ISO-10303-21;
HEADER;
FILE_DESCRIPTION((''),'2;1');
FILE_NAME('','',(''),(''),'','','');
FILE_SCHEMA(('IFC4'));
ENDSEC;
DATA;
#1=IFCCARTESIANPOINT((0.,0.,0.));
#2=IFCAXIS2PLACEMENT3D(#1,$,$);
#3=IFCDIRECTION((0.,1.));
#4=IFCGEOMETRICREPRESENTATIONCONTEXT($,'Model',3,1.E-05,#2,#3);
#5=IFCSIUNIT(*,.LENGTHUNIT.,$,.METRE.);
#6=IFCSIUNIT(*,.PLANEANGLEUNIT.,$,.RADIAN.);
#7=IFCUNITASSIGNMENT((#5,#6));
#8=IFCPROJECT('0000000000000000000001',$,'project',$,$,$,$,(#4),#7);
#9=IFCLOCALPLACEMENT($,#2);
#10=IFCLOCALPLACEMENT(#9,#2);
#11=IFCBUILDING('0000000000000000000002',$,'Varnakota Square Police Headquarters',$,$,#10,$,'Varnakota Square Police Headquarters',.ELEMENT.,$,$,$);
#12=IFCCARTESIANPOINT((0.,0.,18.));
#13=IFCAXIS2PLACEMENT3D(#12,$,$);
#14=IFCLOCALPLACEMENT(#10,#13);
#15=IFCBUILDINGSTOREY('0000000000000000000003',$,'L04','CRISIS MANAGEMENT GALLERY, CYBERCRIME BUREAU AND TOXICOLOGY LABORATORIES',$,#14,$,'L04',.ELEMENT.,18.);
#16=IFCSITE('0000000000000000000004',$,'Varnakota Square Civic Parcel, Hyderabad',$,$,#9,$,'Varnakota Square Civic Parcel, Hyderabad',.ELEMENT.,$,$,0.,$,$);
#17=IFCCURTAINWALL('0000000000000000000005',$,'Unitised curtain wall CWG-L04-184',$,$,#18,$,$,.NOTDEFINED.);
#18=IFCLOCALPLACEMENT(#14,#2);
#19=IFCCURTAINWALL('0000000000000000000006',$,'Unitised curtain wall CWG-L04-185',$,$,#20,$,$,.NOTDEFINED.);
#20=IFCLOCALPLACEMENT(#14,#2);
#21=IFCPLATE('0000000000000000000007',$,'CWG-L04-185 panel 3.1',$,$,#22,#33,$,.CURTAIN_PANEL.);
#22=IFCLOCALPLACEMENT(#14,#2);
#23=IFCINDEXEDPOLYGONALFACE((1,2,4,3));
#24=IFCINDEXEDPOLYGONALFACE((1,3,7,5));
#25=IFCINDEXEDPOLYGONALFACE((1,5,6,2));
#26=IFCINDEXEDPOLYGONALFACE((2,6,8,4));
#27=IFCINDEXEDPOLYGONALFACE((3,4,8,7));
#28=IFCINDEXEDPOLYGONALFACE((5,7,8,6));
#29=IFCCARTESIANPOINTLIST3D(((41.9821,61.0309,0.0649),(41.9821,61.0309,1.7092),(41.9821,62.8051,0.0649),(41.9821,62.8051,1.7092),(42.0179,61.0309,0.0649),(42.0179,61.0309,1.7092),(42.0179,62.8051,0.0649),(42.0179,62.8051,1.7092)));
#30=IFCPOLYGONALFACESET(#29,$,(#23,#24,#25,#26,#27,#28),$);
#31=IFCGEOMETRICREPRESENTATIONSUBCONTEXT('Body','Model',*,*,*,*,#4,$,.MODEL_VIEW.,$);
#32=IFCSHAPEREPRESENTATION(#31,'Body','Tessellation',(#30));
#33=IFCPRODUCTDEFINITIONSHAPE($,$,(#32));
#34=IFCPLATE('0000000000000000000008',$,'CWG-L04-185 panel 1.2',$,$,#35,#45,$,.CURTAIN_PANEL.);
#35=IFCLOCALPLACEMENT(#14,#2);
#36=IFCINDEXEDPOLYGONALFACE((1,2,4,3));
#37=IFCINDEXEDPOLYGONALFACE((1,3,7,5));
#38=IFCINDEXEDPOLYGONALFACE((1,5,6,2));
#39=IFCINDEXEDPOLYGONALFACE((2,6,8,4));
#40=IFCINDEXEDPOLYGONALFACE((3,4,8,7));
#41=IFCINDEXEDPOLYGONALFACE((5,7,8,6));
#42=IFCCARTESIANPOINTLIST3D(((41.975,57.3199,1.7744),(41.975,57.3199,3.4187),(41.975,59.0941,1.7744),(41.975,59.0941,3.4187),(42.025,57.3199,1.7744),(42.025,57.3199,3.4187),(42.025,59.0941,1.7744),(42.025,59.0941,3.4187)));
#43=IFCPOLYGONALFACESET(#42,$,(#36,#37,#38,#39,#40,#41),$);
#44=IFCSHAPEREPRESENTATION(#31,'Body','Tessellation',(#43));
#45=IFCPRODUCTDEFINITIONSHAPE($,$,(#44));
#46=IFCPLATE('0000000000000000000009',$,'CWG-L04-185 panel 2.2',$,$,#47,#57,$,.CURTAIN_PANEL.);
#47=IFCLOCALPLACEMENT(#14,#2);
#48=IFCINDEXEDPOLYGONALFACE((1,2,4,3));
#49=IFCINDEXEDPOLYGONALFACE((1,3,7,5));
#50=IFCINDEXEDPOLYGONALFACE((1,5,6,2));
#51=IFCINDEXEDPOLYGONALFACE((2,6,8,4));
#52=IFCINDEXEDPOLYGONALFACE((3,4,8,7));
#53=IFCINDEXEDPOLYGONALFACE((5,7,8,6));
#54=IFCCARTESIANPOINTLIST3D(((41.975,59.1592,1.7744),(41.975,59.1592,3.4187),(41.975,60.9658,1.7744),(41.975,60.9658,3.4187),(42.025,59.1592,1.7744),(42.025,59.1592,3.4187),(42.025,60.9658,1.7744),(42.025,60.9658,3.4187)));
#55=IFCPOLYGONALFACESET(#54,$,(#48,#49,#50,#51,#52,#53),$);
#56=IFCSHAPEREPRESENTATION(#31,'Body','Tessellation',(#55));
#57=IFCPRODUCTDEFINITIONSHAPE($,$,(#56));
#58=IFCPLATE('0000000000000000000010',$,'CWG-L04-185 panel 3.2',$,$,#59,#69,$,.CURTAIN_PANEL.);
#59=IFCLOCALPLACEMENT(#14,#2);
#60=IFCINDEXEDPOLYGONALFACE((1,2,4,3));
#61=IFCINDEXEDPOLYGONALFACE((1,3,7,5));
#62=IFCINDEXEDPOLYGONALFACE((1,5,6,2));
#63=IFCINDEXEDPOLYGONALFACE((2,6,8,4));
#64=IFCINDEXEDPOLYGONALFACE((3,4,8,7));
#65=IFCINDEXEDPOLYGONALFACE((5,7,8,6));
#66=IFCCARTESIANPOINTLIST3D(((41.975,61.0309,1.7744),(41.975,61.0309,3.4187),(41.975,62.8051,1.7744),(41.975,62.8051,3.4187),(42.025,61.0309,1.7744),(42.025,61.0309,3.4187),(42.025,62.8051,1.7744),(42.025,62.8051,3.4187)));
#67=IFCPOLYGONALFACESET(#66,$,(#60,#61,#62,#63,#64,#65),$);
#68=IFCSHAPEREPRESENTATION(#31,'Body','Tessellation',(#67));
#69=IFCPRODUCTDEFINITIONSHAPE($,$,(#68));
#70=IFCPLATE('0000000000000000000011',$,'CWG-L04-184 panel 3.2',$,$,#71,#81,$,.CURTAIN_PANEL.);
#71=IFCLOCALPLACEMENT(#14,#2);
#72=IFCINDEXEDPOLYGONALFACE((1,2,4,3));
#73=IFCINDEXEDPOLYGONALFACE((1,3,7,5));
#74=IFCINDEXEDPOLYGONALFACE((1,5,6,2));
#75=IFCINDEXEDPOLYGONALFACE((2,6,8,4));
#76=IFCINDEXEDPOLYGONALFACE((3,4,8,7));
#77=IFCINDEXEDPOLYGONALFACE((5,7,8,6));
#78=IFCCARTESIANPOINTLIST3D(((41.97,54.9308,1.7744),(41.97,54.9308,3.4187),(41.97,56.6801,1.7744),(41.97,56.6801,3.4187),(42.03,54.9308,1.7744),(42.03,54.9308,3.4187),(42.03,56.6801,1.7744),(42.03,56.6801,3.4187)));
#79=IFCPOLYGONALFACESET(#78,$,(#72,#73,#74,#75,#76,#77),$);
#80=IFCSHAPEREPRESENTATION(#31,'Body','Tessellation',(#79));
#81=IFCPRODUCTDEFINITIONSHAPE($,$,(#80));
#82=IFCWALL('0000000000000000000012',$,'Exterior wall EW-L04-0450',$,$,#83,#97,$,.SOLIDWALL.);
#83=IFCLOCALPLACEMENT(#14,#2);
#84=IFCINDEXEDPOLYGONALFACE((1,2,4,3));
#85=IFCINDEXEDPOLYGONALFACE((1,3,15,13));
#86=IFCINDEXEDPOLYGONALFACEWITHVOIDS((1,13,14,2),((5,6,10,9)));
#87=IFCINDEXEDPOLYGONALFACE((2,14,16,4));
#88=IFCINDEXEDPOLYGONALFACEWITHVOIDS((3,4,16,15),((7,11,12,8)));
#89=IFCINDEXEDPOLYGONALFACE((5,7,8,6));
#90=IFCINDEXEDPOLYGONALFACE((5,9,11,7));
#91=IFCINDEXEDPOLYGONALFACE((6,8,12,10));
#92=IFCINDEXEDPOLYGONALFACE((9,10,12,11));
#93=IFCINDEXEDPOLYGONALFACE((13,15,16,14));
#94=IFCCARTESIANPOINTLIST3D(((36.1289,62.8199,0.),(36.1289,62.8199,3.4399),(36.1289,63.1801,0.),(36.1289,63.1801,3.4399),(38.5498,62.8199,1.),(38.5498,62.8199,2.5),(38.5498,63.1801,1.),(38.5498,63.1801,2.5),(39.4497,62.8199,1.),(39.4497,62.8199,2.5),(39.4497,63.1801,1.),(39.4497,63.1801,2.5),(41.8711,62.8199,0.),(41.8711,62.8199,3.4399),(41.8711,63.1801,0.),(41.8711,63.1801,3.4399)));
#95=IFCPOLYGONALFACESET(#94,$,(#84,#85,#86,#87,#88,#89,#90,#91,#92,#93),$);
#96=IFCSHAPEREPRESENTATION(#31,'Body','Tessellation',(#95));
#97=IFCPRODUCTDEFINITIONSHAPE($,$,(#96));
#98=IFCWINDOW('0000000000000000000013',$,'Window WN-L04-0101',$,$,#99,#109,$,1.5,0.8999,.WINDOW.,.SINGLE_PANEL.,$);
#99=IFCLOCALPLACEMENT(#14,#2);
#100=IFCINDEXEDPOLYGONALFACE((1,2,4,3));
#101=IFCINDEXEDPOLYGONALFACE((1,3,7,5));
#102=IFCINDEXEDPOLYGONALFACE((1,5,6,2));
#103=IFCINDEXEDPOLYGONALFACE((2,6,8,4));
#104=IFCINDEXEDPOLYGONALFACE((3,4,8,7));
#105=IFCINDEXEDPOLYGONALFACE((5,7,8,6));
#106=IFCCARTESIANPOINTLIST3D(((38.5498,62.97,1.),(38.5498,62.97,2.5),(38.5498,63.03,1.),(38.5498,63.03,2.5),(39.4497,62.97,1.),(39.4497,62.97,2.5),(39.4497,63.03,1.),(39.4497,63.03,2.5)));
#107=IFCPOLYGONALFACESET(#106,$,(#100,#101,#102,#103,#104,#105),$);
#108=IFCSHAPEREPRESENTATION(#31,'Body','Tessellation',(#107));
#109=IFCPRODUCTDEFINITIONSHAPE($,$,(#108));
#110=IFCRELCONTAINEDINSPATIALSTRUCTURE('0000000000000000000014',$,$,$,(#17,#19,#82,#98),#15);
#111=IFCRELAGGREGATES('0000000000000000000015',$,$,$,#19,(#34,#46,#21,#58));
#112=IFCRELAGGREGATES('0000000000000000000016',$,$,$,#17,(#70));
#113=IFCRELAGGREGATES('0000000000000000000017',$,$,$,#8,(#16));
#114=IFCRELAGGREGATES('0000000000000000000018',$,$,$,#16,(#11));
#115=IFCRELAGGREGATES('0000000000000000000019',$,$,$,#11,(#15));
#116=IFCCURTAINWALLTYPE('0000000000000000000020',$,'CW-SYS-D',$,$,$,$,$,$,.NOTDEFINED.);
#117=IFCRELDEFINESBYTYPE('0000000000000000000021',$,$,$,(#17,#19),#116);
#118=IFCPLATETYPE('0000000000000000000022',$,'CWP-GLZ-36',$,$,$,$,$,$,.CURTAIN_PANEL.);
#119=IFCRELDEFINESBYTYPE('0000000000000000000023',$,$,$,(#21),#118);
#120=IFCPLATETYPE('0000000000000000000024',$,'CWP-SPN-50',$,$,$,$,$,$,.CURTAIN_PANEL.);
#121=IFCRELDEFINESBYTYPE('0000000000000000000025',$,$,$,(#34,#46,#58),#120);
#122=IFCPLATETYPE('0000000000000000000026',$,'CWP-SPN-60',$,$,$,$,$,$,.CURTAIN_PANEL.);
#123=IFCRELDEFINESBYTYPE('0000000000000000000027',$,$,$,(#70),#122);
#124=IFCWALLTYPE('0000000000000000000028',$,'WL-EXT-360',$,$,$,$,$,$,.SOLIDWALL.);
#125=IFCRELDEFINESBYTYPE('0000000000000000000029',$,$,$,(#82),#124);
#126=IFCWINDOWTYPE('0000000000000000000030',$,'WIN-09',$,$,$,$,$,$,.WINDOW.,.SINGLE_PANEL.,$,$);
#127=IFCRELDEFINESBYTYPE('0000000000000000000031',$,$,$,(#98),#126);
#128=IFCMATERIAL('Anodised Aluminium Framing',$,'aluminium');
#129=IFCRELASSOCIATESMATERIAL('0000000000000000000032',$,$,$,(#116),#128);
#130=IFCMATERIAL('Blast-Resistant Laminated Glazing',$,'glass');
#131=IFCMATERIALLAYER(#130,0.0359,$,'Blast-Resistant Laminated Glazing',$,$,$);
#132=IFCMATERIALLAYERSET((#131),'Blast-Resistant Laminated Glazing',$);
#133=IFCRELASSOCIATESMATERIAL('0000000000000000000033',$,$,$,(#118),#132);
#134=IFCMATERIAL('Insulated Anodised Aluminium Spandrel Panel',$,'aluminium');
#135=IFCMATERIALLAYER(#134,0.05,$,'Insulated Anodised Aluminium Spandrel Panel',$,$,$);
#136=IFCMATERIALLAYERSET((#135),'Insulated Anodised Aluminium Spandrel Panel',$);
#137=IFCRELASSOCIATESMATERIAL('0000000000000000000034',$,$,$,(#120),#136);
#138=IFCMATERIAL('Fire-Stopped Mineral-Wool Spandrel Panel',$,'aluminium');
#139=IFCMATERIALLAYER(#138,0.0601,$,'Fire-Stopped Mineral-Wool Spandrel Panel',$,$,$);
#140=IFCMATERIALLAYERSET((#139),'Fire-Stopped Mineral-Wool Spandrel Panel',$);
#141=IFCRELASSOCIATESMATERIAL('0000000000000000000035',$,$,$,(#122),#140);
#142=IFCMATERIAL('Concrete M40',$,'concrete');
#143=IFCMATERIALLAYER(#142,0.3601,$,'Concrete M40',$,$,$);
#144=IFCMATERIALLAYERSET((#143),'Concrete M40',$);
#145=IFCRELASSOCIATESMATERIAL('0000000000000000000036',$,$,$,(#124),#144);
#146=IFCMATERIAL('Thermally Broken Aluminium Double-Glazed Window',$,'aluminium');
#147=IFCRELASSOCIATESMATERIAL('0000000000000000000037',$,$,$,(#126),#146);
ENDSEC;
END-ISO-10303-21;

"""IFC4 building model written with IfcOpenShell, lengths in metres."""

from ifc_helpers import new_model, si_unit, direction, frame, frame_2d, origin, origin_2d, place, context, subcontext, project, spatial, rectangle, extrude, material, layer, layer_set, type_object, element, fill, aggregate, save


model = new_model("IFC4")

# Units and contexts
model_context = context("Model", 3, precision=1e-05, world=origin(), true_north=direction((0.0, 1.0)))
body_context = subcontext(model_context, "Body", "Model", "MODEL_VIEW")
ifc_project = project(units=[si_unit("LENGTHUNIT", "METRE"), si_unit("PLANEANGLEUNIT", "RADIAN")], contexts=[model_context])

# Site, building, storey
site_placement = place(None, origin())
site = spatial("IfcSite", under=ifc_project, at=site_placement, Name="Varnakota Square Civic Parcel, Hyderabad", LongName="Varnakota Square Civic Parcel, Hyderabad", CompositionType="ELEMENT", RefElevation=0.0)
building_placement = place(site_placement, origin())
building = spatial("IfcBuilding", under=site, at=building_placement, Name="Varnakota Square Police Headquarters", LongName="Varnakota Square Police Headquarters", CompositionType="ELEMENT")
storey_placement = place(building_placement, frame((0.0, 0.0, 18.0)))
storey = spatial("IfcBuildingStorey", under=building, at=storey_placement, Name="L04", Description="CRISIS MANAGEMENT GALLERY, CYBERCRIME BUREAU AND TOXICOLOGY LABORATORIES", LongName="L04", CompositionType="ELEMENT", Elevation=18.0)

# Curtain wall
ifc_material_1 = material(Name="Anodised Aluminium Framing", Category="aluminium")
curtain_wall_type = type_object("IfcCurtainWallType", Name="CW-SYS-D", PredefinedType="NOTDEFINED", material=ifc_material_1)
curtain_wall_1_placement = place(storey_placement, origin())
curtain_wall_1 = element("IfcCurtainWall", 1, at=curtain_wall_1_placement, inside=storey, type_object=curtain_wall_type, Name="Unitised curtain wall CWG-L04-184", PredefinedType="NOTDEFINED")

# Curtain wall
curtain_wall_2_placement = place(storey_placement, origin())
curtain_wall_2 = element("IfcCurtainWall", 2, at=curtain_wall_2_placement, inside=storey, type_object=curtain_wall_type, Name="Unitised curtain wall CWG-L04-185", PredefinedType="NOTDEFINED")

# Plates
ifc_material_2 = material(Name="Blast-Resistant Laminated Glazing", Category="glass")
ifc_layer_1 = layer(ifc_material_2, 0.0359, Name="Blast-Resistant Laminated Glazing")
ifc_layer_set_1 = layer_set([ifc_layer_1], Name="Blast-Resistant Laminated Glazing")
plate_type_1 = type_object("IfcPlateType", Name="CWP-GLZ-36", PredefinedType="CURTAIN_PANEL", material=ifc_layer_set_1)
plate_1_placement = place(storey_placement, frame((42.0, 61.918, 0.0649), z_axis=(0.0, 0.0, 1.0), x_axis=(0.0, 1.0, 0.0)))
plate_1 = element("IfcPlate", 3, at=plate_1_placement, type_object=plate_type_1, Name="CWG-L04-185 panel 3.1", PredefinedType="CURTAIN_PANEL", context=body_context, shape_type="SweptSolid", body=[
    extrude(rectangle(XDim=1.7742, YDim=0.0359, at=origin_2d()), origin(), (0.0, 0.0, 1.0), 1.6443),
])
ifc_material_3 = material(Name="Insulated Anodised Aluminium Spandrel Panel", Category="aluminium")
ifc_layer_2 = layer(ifc_material_3, 0.05, Name="Insulated Anodised Aluminium Spandrel Panel")
ifc_layer_set_2 = layer_set([ifc_layer_2], Name="Insulated Anodised Aluminium Spandrel Panel")
plate_type_2 = type_object("IfcPlateType", Name="CWP-SPN-50", PredefinedType="CURTAIN_PANEL", material=ifc_layer_set_2)
plate_2_placement = place(storey_placement, frame((42.0, 58.207, 1.7744), z_axis=(0.0, 0.0, 1.0), x_axis=(0.0, 1.0, 0.0)))
plate_2 = element("IfcPlate", 4, at=plate_2_placement, type_object=plate_type_2, Name="CWG-L04-185 panel 1.2", PredefinedType="CURTAIN_PANEL", context=body_context, shape_type="SweptSolid", body=[
    extrude(rectangle(XDim=1.7742, YDim=0.05, at=origin_2d()), origin(), (0.0, 0.0, 1.0), 1.6443),
])
plate_3_placement = place(storey_placement, frame((42.0, 60.0625, 1.7744), z_axis=(0.0, 0.0, 1.0), x_axis=(0.0, 1.0, 0.0)))
plate_3 = element("IfcPlate", 5, at=plate_3_placement, type_object=plate_type_2, Name="CWG-L04-185 panel 2.2", PredefinedType="CURTAIN_PANEL", context=body_context, shape_type="SweptSolid", body=[
    extrude(rectangle(XDim=1.8066, YDim=0.05, at=origin_2d()), origin(), (0.0, 0.0, 1.0), 1.6443),
])
plate_4_placement = place(storey_placement, frame((42.0, 61.918, 1.7744), z_axis=(0.0, 0.0, 1.0), x_axis=(0.0, 1.0, 0.0)))
plate_4 = element("IfcPlate", 6, at=plate_4_placement, type_object=plate_type_2, Name="CWG-L04-185 panel 3.2", PredefinedType="CURTAIN_PANEL", context=body_context, shape_type="SweptSolid", body=[
    extrude(rectangle(XDim=1.7742, YDim=0.05, at=origin_2d()), origin(), (0.0, 0.0, 1.0), 1.6443),
])
aggregate(curtain_wall_2, [plate_2, plate_3, plate_1, plate_4])
ifc_material_4 = material(Name="Fire-Stopped Mineral-Wool Spandrel Panel", Category="aluminium")
ifc_layer_3 = layer(ifc_material_4, 0.0601, Name="Fire-Stopped Mineral-Wool Spandrel Panel")
ifc_layer_set_3 = layer_set([ifc_layer_3], Name="Fire-Stopped Mineral-Wool Spandrel Panel")
plate_type_3 = type_object("IfcPlateType", Name="CWP-SPN-60", PredefinedType="CURTAIN_PANEL", material=ifc_layer_set_3)
plate_5_placement = place(storey_placement, frame((42.0, 55.8054, 1.7744), z_axis=(0.0, 0.0, 1.0), x_axis=(0.0, 1.0, 0.0)))
plate_5 = element("IfcPlate", 7, at=plate_5_placement, type_object=plate_type_3, Name="CWG-L04-184 panel 3.2", PredefinedType="CURTAIN_PANEL", context=body_context, shape_type="SweptSolid", body=[
    extrude(rectangle(XDim=1.7493, YDim=0.0601, at=origin_2d()), origin(), (0.0, 0.0, 1.0), 1.6443),
])
aggregate(curtain_wall_1, [plate_5])

# Wall, opening, window
ifc_material_5 = material(Name="Concrete M40", Category="concrete")
ifc_layer_4 = layer(ifc_material_5, 0.3601, Name="Concrete M40")
ifc_layer_set_4 = layer_set([ifc_layer_4], Name="Concrete M40")
wall_type = type_object("IfcWallType", Name="WL-EXT-360", PredefinedType="SOLIDWALL", material=ifc_layer_set_4)
wall_placement = place(storey_placement, frame((36.1289, 63.0, 0.0), z_axis=(0.0, 0.0, 1.0), x_axis=(1.0, 0.0, 0.0)))
wall = element("IfcWall", 8, at=wall_placement, inside=storey, type_object=wall_type, Name="Exterior wall EW-L04-0450", PredefinedType="SOLIDWALL", context=body_context, shape_type="SweptSolid", body=[
    extrude(rectangle(XDim=5.7422, YDim=0.3601, at=frame_2d((2.8711, 0.0))), origin(), (0.0, 0.0, 1.0), 3.4399),
])
opening_placement = place(wall_placement, frame((2.4209, 0.0, 1.0)))
opening = element("IfcOpeningElement", 9, at=opening_placement, cuts=wall, PredefinedType="OPENING", context=body_context, shape_type="SweptSolid", body=[
    extrude(rectangle(XDim=0.8999, YDim=1.5, at=frame_2d((0.45, 0.75))), frame((0.0, 0.1899, 0.0), z_axis=(0.0, -1.0, 0.0), x_axis=(1.0, 0.0, 0.0)), (0.0, 0.0, 1.0), 0.3801),
])
ifc_material_6 = material(Name="Thermally Broken Aluminium Double-Glazed Window", Category="aluminium")
window_type = type_object("IfcWindowType", Name="WIN-09", PartitioningType="SINGLE_PANEL", PredefinedType="WINDOW", material=ifc_material_6)
window_placement = place(opening_placement, origin())
window = element("IfcWindow", 10, at=window_placement, inside=storey, type_object=window_type, Name="Window WN-L04-0101", OverallHeight=1.5, OverallWidth=0.8999, PartitioningType="SINGLE_PANEL", PredefinedType="WINDOW", context=body_context, shape_type="SweptSolid", body=[
    extrude(rectangle(XDim=0.8999, YDim=1.5, at=frame_2d((0.45, 0.75))), frame((0.0, 0.03, 0.0), z_axis=(0.0, -1.0, 0.0), x_axis=(1.0, 0.0, 0.0)), (0.0, 0.0, 1.0), 0.0601),
])
fill(opening, window)

save(model, "model.ifc")
